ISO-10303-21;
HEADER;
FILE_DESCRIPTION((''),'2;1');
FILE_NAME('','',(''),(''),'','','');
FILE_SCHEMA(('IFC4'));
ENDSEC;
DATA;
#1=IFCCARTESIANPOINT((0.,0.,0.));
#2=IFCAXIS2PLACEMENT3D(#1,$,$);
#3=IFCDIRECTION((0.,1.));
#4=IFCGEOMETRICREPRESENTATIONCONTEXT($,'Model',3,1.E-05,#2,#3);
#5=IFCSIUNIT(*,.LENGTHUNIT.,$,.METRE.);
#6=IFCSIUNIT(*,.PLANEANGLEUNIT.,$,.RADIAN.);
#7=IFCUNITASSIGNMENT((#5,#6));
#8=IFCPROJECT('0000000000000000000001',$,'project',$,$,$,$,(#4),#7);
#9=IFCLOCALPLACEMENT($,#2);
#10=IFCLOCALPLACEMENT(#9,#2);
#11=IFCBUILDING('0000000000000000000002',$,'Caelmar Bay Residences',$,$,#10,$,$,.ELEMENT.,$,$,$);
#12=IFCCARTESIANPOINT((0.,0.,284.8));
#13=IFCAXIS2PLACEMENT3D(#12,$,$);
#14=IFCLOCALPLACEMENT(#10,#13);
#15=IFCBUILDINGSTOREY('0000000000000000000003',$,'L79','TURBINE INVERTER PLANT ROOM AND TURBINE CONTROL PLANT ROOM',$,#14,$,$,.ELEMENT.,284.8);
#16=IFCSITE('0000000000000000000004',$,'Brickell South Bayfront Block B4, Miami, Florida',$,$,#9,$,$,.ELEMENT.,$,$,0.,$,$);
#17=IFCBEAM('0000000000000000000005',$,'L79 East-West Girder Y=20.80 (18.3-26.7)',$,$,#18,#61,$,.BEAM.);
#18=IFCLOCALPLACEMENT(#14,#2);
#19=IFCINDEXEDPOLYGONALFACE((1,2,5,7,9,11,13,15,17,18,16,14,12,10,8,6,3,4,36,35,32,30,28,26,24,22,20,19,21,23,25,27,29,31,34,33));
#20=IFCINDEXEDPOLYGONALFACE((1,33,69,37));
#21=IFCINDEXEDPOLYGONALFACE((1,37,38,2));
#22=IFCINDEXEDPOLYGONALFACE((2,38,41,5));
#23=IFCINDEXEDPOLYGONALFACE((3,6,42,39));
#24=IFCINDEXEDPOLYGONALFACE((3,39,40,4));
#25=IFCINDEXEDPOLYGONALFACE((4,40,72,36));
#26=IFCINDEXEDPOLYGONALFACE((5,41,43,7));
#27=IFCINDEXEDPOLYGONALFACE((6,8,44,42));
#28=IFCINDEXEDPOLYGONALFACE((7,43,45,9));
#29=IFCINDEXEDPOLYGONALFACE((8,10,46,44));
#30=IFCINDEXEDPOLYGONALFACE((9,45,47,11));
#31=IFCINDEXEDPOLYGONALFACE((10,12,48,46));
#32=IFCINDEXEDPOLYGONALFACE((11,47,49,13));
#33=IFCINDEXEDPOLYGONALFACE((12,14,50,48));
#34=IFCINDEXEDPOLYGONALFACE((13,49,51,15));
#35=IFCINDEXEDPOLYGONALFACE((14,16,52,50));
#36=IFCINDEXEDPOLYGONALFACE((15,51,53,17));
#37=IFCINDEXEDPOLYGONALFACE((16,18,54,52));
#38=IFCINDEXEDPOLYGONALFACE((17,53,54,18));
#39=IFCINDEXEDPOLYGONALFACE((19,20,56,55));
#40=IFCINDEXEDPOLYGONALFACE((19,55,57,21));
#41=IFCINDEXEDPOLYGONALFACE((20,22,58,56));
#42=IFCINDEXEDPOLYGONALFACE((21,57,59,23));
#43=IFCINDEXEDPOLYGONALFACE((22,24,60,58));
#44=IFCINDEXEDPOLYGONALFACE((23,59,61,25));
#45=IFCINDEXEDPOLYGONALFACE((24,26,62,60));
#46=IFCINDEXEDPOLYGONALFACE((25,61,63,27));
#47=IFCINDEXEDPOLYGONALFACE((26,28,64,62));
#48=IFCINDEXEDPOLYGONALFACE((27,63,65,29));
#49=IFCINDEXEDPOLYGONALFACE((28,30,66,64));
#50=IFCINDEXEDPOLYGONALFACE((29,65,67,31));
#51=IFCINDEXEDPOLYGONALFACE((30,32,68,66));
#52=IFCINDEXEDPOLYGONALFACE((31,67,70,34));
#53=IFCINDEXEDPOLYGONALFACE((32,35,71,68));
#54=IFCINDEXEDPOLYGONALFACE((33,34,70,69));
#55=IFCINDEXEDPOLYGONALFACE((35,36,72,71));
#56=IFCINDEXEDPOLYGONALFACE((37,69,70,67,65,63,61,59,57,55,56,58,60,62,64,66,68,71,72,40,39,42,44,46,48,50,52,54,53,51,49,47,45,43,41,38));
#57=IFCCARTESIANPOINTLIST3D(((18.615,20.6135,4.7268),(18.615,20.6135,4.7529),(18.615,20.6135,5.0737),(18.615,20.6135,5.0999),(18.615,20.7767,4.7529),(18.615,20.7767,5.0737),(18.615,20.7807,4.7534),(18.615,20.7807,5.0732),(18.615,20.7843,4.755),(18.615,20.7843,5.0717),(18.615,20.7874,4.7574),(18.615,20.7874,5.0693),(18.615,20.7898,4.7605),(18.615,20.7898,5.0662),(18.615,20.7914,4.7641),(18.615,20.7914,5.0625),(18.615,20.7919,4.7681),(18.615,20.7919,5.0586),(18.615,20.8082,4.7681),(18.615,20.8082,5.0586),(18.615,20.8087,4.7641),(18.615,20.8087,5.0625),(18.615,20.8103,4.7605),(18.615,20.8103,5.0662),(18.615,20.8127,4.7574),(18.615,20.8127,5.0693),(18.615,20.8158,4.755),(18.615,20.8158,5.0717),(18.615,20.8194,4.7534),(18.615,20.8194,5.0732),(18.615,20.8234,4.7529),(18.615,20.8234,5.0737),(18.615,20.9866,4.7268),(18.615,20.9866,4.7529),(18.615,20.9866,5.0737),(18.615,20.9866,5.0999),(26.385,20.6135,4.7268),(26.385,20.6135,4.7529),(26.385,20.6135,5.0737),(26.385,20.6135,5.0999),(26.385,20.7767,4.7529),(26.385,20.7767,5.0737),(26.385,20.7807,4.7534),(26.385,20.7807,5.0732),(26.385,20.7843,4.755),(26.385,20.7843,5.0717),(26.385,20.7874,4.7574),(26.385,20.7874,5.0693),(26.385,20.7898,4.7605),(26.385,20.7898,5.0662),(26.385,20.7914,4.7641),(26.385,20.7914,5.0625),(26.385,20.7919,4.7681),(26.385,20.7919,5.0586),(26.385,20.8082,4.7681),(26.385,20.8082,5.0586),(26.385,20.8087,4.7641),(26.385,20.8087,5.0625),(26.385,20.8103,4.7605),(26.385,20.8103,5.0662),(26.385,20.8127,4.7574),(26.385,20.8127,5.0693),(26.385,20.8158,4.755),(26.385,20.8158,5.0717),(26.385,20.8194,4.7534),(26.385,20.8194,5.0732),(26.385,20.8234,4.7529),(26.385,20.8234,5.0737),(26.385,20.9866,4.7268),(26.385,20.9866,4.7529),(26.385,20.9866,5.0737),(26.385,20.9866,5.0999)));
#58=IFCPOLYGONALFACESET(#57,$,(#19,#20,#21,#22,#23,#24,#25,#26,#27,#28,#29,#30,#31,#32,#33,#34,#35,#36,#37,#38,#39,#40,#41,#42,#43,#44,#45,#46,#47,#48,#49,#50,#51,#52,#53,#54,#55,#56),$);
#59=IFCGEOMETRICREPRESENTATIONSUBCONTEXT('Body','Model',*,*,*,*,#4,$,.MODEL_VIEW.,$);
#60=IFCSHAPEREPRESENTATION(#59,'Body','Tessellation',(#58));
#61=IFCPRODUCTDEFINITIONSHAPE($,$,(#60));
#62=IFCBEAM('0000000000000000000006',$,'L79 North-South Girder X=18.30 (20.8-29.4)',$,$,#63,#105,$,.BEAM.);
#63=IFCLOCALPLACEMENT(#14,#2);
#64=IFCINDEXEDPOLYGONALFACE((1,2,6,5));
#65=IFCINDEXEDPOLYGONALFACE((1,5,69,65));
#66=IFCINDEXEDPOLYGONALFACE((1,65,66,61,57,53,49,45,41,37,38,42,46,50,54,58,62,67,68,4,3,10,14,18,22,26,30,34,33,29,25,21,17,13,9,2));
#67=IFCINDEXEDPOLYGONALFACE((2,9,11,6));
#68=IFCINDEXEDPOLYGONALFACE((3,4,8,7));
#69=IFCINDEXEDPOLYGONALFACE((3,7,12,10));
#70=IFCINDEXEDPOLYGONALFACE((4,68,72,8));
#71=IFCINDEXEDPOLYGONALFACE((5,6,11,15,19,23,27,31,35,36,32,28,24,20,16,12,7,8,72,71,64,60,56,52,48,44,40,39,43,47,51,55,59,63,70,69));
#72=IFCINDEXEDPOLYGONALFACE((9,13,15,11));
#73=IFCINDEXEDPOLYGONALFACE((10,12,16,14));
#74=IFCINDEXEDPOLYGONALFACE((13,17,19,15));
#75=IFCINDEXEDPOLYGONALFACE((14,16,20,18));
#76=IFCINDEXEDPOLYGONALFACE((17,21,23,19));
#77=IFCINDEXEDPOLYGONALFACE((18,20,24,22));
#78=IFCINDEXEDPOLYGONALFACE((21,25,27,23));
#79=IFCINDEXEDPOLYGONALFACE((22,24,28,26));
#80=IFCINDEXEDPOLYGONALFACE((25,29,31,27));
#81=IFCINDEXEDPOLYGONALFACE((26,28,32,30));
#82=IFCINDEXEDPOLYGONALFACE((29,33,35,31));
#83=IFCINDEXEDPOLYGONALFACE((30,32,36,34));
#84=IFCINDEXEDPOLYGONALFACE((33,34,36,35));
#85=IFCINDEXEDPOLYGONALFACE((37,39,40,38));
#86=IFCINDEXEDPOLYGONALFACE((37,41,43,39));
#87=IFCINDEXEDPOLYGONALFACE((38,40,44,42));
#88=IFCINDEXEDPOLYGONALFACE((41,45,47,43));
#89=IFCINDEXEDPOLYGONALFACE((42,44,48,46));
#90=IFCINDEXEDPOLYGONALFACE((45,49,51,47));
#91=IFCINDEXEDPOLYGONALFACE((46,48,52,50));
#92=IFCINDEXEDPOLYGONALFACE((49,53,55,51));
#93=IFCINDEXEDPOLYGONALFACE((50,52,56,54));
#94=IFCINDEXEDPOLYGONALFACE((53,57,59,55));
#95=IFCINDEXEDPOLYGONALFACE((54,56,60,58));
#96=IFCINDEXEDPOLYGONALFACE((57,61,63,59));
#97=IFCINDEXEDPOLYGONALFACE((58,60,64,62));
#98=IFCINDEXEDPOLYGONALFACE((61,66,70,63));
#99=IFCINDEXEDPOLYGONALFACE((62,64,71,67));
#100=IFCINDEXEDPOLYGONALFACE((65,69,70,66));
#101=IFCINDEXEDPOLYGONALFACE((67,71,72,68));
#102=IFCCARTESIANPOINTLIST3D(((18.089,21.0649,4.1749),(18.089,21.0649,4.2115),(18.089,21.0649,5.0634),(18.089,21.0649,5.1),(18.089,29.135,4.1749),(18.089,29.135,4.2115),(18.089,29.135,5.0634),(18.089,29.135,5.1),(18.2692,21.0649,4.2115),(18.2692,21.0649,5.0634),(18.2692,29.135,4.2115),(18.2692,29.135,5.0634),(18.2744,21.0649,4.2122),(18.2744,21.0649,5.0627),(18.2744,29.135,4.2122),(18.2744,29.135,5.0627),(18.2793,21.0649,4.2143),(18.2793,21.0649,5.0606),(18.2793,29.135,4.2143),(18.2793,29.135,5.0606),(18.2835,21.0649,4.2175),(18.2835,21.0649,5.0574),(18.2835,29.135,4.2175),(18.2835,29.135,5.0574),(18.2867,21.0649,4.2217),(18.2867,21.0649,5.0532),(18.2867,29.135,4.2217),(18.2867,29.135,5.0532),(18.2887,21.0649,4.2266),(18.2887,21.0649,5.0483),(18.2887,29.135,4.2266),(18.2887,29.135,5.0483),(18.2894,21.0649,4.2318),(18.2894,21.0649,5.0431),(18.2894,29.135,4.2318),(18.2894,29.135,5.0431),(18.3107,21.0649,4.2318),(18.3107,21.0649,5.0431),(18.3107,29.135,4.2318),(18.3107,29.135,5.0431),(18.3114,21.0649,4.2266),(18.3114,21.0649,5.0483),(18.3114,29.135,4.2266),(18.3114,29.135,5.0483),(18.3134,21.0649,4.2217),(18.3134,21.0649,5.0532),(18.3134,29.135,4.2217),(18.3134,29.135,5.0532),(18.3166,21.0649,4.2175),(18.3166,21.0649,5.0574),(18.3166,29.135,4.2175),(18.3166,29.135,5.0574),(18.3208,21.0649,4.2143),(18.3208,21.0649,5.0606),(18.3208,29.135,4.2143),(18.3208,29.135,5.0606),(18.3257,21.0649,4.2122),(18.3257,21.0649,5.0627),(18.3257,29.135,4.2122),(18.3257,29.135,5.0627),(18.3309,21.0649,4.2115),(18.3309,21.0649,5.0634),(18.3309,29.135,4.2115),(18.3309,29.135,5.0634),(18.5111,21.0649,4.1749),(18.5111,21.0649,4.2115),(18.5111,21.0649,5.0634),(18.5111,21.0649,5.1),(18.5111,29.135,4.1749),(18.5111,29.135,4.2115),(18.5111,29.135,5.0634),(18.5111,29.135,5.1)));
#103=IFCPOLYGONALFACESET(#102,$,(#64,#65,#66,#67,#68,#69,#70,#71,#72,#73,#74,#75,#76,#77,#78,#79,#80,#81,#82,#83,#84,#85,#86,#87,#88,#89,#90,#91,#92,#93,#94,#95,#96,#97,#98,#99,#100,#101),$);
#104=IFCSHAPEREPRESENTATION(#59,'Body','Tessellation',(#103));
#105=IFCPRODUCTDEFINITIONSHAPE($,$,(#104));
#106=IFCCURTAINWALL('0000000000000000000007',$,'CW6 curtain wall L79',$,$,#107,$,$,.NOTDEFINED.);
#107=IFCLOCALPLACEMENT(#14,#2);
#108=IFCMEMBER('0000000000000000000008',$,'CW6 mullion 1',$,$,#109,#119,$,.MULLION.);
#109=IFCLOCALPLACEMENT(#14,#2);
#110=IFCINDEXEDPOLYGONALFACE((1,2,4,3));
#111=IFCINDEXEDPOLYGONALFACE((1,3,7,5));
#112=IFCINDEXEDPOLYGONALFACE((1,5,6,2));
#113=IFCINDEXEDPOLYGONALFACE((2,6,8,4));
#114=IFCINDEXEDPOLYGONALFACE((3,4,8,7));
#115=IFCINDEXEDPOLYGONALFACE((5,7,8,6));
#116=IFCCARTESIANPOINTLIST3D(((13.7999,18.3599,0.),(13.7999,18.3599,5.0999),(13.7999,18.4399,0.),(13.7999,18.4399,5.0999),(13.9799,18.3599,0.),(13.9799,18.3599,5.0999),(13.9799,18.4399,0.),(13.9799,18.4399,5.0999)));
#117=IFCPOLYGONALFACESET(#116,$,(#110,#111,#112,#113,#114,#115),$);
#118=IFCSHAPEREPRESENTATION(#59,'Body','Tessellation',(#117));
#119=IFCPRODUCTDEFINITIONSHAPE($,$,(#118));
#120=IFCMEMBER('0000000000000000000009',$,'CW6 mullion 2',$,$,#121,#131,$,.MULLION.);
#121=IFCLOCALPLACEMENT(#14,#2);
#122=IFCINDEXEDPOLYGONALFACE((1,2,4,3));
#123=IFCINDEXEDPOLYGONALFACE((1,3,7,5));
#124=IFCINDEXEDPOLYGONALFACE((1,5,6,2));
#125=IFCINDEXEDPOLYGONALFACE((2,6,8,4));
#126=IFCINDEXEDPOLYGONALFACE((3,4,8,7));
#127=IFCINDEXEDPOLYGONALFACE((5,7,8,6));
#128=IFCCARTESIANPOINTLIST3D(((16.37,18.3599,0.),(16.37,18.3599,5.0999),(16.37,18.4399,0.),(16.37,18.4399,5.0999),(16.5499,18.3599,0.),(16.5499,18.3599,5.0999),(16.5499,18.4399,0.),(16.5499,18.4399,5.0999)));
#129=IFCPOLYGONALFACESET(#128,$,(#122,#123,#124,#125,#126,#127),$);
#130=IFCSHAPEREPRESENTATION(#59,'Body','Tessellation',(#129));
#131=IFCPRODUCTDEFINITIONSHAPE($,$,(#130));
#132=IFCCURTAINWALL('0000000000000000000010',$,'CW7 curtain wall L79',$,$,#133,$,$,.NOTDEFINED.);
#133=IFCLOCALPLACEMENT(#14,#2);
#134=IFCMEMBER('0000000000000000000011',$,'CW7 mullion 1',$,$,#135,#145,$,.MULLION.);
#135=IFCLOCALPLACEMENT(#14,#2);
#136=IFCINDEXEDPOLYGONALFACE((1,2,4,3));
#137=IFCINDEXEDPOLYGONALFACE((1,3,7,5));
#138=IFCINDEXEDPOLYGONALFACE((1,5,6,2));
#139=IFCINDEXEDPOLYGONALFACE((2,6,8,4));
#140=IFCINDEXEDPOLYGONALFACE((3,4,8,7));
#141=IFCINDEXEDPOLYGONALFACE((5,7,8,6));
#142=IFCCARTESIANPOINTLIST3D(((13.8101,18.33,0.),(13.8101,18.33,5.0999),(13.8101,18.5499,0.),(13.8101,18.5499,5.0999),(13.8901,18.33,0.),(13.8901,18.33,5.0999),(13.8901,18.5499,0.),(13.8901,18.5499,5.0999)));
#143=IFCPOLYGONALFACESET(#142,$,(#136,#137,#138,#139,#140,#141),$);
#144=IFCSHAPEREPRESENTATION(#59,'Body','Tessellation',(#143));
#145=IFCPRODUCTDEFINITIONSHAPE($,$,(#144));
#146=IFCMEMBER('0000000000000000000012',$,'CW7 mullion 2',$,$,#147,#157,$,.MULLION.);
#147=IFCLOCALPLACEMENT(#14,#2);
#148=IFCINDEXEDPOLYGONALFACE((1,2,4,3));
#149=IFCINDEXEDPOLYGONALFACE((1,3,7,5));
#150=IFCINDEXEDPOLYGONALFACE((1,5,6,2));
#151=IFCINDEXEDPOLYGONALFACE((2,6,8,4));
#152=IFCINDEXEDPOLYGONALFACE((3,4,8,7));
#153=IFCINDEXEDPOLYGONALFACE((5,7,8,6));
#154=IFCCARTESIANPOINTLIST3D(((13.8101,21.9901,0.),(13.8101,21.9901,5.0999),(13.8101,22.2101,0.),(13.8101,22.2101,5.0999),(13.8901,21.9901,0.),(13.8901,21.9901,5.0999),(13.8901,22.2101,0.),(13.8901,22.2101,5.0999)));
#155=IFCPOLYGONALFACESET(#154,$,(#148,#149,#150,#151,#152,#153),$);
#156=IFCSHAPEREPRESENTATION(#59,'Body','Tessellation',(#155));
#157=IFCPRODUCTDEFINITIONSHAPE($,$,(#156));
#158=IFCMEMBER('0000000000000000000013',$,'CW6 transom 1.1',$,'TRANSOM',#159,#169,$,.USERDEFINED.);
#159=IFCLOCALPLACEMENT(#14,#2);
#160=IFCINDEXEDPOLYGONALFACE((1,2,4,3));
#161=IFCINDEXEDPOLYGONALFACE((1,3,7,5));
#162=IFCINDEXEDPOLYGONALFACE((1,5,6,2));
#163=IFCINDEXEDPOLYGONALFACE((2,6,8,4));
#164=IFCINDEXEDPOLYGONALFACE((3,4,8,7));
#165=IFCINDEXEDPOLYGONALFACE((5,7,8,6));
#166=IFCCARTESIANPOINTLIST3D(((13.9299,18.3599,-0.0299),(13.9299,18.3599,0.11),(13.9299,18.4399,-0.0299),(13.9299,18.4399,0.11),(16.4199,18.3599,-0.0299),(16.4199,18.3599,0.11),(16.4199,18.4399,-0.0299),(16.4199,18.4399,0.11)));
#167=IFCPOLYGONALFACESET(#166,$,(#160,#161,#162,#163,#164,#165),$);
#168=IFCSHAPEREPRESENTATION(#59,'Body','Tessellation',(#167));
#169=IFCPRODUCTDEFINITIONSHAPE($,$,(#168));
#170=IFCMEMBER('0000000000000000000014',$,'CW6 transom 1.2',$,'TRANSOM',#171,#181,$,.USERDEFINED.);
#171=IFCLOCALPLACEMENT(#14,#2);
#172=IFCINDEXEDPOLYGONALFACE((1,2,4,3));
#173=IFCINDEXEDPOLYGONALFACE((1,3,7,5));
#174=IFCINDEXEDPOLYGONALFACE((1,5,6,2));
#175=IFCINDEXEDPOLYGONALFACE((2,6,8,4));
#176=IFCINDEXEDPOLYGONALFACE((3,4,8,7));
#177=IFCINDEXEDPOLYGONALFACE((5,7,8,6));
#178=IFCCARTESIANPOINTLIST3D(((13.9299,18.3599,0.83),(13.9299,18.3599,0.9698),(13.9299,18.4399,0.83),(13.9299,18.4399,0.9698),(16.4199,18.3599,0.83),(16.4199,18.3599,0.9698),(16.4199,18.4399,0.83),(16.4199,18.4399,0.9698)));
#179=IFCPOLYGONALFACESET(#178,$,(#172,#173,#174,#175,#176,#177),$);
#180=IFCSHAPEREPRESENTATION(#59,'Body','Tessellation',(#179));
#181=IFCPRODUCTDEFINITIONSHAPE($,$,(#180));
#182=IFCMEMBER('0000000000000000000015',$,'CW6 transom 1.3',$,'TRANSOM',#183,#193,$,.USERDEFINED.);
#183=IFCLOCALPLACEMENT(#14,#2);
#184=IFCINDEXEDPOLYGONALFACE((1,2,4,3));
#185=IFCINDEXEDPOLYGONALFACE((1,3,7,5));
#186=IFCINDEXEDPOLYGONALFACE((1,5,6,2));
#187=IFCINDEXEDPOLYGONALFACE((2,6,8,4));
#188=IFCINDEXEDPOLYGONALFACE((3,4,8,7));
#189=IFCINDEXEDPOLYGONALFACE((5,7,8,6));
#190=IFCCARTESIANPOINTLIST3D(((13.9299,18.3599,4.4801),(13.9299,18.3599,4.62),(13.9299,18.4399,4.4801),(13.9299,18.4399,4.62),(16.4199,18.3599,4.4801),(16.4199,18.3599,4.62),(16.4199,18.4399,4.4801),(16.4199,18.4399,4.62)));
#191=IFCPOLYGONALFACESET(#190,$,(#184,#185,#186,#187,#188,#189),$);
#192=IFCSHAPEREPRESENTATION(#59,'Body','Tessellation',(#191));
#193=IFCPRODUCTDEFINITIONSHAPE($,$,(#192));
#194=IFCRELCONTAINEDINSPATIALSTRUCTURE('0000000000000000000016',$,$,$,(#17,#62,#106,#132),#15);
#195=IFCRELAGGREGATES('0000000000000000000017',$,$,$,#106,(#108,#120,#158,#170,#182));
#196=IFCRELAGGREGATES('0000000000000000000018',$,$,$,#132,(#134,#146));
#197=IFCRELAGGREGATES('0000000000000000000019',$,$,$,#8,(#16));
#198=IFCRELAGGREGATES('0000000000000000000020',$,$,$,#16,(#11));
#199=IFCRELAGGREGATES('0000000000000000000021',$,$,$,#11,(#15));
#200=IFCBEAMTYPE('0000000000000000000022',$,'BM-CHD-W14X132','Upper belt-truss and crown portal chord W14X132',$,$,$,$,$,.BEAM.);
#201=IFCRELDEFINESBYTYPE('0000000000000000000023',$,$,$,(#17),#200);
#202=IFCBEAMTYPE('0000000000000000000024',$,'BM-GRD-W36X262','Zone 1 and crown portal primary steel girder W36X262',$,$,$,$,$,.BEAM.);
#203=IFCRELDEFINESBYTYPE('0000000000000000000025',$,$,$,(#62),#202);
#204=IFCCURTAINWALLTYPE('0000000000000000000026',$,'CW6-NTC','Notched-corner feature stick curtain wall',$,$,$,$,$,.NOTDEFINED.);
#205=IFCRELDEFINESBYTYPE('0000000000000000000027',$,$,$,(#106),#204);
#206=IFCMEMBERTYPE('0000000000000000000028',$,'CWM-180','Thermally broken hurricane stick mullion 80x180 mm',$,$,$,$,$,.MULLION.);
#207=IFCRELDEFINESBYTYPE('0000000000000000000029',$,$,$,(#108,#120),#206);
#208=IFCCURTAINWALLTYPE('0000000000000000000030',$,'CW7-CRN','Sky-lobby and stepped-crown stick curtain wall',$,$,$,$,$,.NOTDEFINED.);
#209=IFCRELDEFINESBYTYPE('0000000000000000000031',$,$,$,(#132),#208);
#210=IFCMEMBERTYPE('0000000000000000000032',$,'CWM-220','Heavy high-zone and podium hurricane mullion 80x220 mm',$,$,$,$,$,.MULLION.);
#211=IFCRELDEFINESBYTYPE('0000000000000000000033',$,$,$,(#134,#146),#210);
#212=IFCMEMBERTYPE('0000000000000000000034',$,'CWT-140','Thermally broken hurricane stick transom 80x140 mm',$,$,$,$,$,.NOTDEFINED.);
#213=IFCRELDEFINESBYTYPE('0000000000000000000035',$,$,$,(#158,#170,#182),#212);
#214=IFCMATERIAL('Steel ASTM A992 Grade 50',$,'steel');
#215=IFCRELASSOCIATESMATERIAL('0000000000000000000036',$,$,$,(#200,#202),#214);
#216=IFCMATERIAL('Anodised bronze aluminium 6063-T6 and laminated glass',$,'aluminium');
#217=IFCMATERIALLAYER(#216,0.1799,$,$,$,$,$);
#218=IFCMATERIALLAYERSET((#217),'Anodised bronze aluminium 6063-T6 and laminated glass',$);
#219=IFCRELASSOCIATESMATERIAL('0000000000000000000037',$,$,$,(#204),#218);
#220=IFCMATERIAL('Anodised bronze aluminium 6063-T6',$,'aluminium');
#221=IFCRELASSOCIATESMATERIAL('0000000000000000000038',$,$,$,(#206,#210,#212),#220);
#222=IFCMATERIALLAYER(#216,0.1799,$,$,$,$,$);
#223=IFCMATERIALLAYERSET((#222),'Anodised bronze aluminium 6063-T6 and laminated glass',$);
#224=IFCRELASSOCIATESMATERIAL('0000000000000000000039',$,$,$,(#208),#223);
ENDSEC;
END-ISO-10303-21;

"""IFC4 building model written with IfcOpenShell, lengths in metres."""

from ifc_helpers import new_model, si_unit, direction, frame, origin, origin_2d, place, context, subcontext, project, spatial, rectangle, i_section, extrude, material, layer, layer_set, material_profile, profile_set, type_object, element, aggregate, save


model = new_model("IFC4")

# Units and contexts
model_context = context("Model", 3, precision=1e-05, world=origin(), true_north=direction((0.0, 1.0)))
body_context = subcontext(model_context, "Body", "Model", "MODEL_VIEW")
ifc_project = project(units=[si_unit("LENGTHUNIT", "METRE"), si_unit("PLANEANGLEUNIT", "RADIAN")], contexts=[model_context])

# Site, building, storey
site_placement = place(None, origin())
site = spatial("IfcSite", under=ifc_project, at=site_placement, Name="Brickell South Bayfront Block B4, Miami, Florida", CompositionType="ELEMENT", RefElevation=0.0)
building_placement = place(site_placement, origin())
building = spatial("IfcBuilding", under=site, at=building_placement, Name="Caelmar Bay Residences", CompositionType="ELEMENT")
storey_placement = place(building_placement, frame((0.0, 0.0, 284.8)))
storey = spatial("IfcBuildingStorey", under=building, at=storey_placement, Name="L79", Description="TURBINE INVERTER PLANT ROOM AND TURBINE CONTROL PLANT ROOM", CompositionType="ELEMENT", Elevation=284.8)

# Beams
ifc_material_1 = material(Name="Steel ASTM A992 Grade 50", Category="steel")
ifc_material_profile_1 = material_profile(ifc_material_1, i_section(OverallWidth=0.373, OverallDepth=0.373, WebThickness=0.0164, FlangeThickness=0.0261, FilletRadius=0.0151, at=origin_2d()), Name="W14X132")
ifc_profile_set_1 = profile_set([ifc_material_profile_1], Name="Steel ASTM A992 Grade 50")
beam_type_1 = type_object("IfcBeamType", Name="BM-CHD-W14X132", Description="Upper belt-truss and crown portal chord W14X132", PredefinedType="BEAM", material=ifc_profile_set_1)
beam_1_placement = place(storey_placement, frame((18.615, 20.8, 4.9133), z_axis=(1.0, 0.0, 0.0), x_axis=(0.0, 1.0, 0.0)))
element("IfcBeam", 1, at=beam_1_placement, inside=storey, type_object=beam_type_1, Name="L79 East-West Girder Y=20.80 (18.3-26.7)", PredefinedType="BEAM", context=body_context, shape_type="SweptSolid", body=[
    extrude(i_section(OverallWidth=0.373, OverallDepth=0.373, WebThickness=0.0164, FlangeThickness=0.0261, FilletRadius=0.0151, at=origin_2d()), origin(), (0.0, 0.0, 1.0), 7.77),
])
ifc_material_profile_2 = material_profile(ifc_material_1, i_section(OverallWidth=0.4221, OverallDepth=0.925, WebThickness=0.0212, FlangeThickness=0.0366, FilletRadius=0.0203, at=origin_2d()), Name="W36X262")
ifc_profile_set_2 = profile_set([ifc_material_profile_2], Name="Steel ASTM A992 Grade 50")
beam_type_2 = type_object("IfcBeamType", Name="BM-GRD-W36X262", Description="Zone 1 and crown portal primary steel girder W36X262", PredefinedType="BEAM", material=ifc_profile_set_2)
beam_2_placement = place(storey_placement, frame((18.3, 21.0649, 4.6375), z_axis=(0.0, 1.0, 0.0), x_axis=(-1.0, 0.0, 0.0)))
element("IfcBeam", 2, at=beam_2_placement, inside=storey, type_object=beam_type_2, Name="L79 North-South Girder X=18.30 (20.8-29.4)", PredefinedType="BEAM", context=body_context, shape_type="SweptSolid", body=[
    extrude(i_section(OverallWidth=0.4221, OverallDepth=0.925, WebThickness=0.0212, FlangeThickness=0.0366, FilletRadius=0.0203, at=origin_2d()), origin(), (0.0, 0.0, 1.0), 8.0701),
])

# Curtain walls, members
ifc_material_2 = material(Name="Anodised bronze aluminium 6063-T6 and laminated glass", Category="aluminium")
ifc_layer_1 = layer(ifc_material_2, 0.1799)
ifc_layer_set_1 = layer_set([ifc_layer_1], Name="Anodised bronze aluminium 6063-T6 and laminated glass")
curtain_wall_type_1 = type_object("IfcCurtainWallType", Name="CW6-NTC", Description="Notched-corner feature stick curtain wall", PredefinedType="NOTDEFINED", material=ifc_layer_set_1)
curtain_wall_1_placement = place(storey_placement, origin())
curtain_wall_1 = element("IfcCurtainWall", 3, at=curtain_wall_1_placement, inside=storey, type_object=curtain_wall_type_1, Name="CW6 curtain wall L79", PredefinedType="NOTDEFINED")
ifc_material_3 = material(Name="Anodised bronze aluminium 6063-T6", Category="aluminium")
ifc_material_profile_3 = material_profile(ifc_material_3, rectangle(XDim=0.0801, YDim=0.1799, at=origin_2d()), Name="CWM-80X180")
ifc_profile_set_3 = profile_set([ifc_material_profile_3], Name="Anodised bronze aluminium 6063-T6")
member_type_1 = type_object("IfcMemberType", Name="CWM-180", Description="Thermally broken hurricane stick mullion 80x180 mm", PredefinedType="MULLION", material=ifc_profile_set_3)
member_1_placement = place(storey_placement, frame((13.8899, 18.3999, 0.0), z_axis=(0.0, 0.0, 1.0), x_axis=(0.0, 1.0, 0.0)))
member_1 = element("IfcMember", 4, at=member_1_placement, type_object=member_type_1, Name="CW6 mullion 1", PredefinedType="MULLION", context=body_context, shape_type="SweptSolid", body=[
    extrude(rectangle(XDim=0.0801, YDim=0.1799, at=origin_2d()), origin(), (0.0, 0.0, 1.0), 5.0999),
])
member_2_placement = place(storey_placement, frame((16.46, 18.3999, 0.0), z_axis=(0.0, 0.0, 1.0), x_axis=(0.0, 1.0, 0.0)))
member_2 = element("IfcMember", 5, at=member_2_placement, type_object=member_type_1, Name="CW6 mullion 2", PredefinedType="MULLION", context=body_context, shape_type="SweptSolid", body=[
    extrude(rectangle(XDim=0.0801, YDim=0.1799, at=origin_2d()), origin(), (0.0, 0.0, 1.0), 5.0999),
])
ifc_layer_2 = layer(ifc_material_2, 0.1799)
ifc_layer_set_2 = layer_set([ifc_layer_2], Name="Anodised bronze aluminium 6063-T6 and laminated glass")
curtain_wall_type_2 = type_object("IfcCurtainWallType", Name="CW7-CRN", Description="Sky-lobby and stepped-crown stick curtain wall", PredefinedType="NOTDEFINED", material=ifc_layer_set_2)
curtain_wall_2_placement = place(storey_placement, origin())
curtain_wall_2 = element("IfcCurtainWall", 6, at=curtain_wall_2_placement, inside=storey, type_object=curtain_wall_type_2, Name="CW7 curtain wall L79", PredefinedType="NOTDEFINED")
ifc_material_profile_4 = material_profile(ifc_material_3, rectangle(XDim=0.0801, YDim=0.22, at=origin_2d()), Name="CWM-80X220")
ifc_profile_set_4 = profile_set([ifc_material_profile_4], Name="Anodised bronze aluminium 6063-T6")
member_type_2 = type_object("IfcMemberType", Name="CWM-220", Description="Heavy high-zone and podium hurricane mullion 80x220 mm", PredefinedType="MULLION", material=ifc_profile_set_4)
member_3_placement = place(storey_placement, frame((13.8501, 18.4399, 0.0), z_axis=(0.0, 0.0, 1.0), x_axis=(-1.0, 0.0, 0.0)))
member_3 = element("IfcMember", 7, at=member_3_placement, type_object=member_type_2, Name="CW7 mullion 1", PredefinedType="MULLION", context=body_context, shape_type="SweptSolid", body=[
    extrude(rectangle(XDim=0.0801, YDim=0.22, at=origin_2d()), origin(), (0.0, 0.0, 1.0), 5.0999),
])
member_4_placement = place(storey_placement, frame((13.8501, 22.1001, 0.0), z_axis=(0.0, 0.0, 1.0), x_axis=(-1.0, 0.0, 0.0)))
member_4 = element("IfcMember", 8, at=member_4_placement, type_object=member_type_2, Name="CW7 mullion 2", PredefinedType="MULLION", context=body_context, shape_type="SweptSolid", body=[
    extrude(rectangle(XDim=0.0801, YDim=0.22, at=origin_2d()), origin(), (0.0, 0.0, 1.0), 5.0999),
])

# Members
ifc_material_profile_5 = material_profile(ifc_material_3, rectangle(XDim=0.0801, YDim=0.1399, at=origin_2d()), Name="CWT-80X140")
ifc_profile_set_5 = profile_set([ifc_material_profile_5], Name="Anodised bronze aluminium 6063-T6")
member_type_3 = type_object("IfcMemberType", Name="CWT-140", Description="Thermally broken hurricane stick transom 80x140 mm", PredefinedType="NOTDEFINED", material=ifc_profile_set_5)
member_5_placement = place(storey_placement, frame((13.9299, 18.3999, 0.04), z_axis=(1.0, 0.0, 0.0), x_axis=(0.0, 1.0, 0.0)))
member_5 = element("IfcMember", 9, at=member_5_placement, type_object=member_type_3, Name="CW6 transom 1.1", ObjectType="TRANSOM", PredefinedType="USERDEFINED", context=body_context, shape_type="SweptSolid", body=[
    extrude(rectangle(XDim=0.0801, YDim=0.1399, at=origin_2d()), origin(), (0.0, 0.0, 1.0), 2.49),
])
member_6_placement = place(storey_placement, frame((13.9299, 18.3999, 0.8999), z_axis=(1.0, 0.0, 0.0), x_axis=(0.0, 1.0, 0.0)))
member_6 = element("IfcMember", 10, at=member_6_placement, type_object=member_type_3, Name="CW6 transom 1.2", ObjectType="TRANSOM", PredefinedType="USERDEFINED", context=body_context, shape_type="SweptSolid", body=[
    extrude(rectangle(XDim=0.0801, YDim=0.1399, at=origin_2d()), origin(), (0.0, 0.0, 1.0), 2.49),
])
member_7_placement = place(storey_placement, frame((13.9299, 18.3999, 4.55), z_axis=(1.0, 0.0, 0.0), x_axis=(0.0, 1.0, 0.0)))
member_7 = element("IfcMember", 11, at=member_7_placement, type_object=member_type_3, Name="CW6 transom 1.3", ObjectType="TRANSOM", PredefinedType="USERDEFINED", context=body_context, shape_type="SweptSolid", body=[
    extrude(rectangle(XDim=0.0801, YDim=0.1399, at=origin_2d()), origin(), (0.0, 0.0, 1.0), 2.49),
])

aggregate(curtain_wall_1, [member_1, member_2, member_5, member_6, member_7])
aggregate(curtain_wall_2, [member_3, member_4])

save(model, "model.ifc")
